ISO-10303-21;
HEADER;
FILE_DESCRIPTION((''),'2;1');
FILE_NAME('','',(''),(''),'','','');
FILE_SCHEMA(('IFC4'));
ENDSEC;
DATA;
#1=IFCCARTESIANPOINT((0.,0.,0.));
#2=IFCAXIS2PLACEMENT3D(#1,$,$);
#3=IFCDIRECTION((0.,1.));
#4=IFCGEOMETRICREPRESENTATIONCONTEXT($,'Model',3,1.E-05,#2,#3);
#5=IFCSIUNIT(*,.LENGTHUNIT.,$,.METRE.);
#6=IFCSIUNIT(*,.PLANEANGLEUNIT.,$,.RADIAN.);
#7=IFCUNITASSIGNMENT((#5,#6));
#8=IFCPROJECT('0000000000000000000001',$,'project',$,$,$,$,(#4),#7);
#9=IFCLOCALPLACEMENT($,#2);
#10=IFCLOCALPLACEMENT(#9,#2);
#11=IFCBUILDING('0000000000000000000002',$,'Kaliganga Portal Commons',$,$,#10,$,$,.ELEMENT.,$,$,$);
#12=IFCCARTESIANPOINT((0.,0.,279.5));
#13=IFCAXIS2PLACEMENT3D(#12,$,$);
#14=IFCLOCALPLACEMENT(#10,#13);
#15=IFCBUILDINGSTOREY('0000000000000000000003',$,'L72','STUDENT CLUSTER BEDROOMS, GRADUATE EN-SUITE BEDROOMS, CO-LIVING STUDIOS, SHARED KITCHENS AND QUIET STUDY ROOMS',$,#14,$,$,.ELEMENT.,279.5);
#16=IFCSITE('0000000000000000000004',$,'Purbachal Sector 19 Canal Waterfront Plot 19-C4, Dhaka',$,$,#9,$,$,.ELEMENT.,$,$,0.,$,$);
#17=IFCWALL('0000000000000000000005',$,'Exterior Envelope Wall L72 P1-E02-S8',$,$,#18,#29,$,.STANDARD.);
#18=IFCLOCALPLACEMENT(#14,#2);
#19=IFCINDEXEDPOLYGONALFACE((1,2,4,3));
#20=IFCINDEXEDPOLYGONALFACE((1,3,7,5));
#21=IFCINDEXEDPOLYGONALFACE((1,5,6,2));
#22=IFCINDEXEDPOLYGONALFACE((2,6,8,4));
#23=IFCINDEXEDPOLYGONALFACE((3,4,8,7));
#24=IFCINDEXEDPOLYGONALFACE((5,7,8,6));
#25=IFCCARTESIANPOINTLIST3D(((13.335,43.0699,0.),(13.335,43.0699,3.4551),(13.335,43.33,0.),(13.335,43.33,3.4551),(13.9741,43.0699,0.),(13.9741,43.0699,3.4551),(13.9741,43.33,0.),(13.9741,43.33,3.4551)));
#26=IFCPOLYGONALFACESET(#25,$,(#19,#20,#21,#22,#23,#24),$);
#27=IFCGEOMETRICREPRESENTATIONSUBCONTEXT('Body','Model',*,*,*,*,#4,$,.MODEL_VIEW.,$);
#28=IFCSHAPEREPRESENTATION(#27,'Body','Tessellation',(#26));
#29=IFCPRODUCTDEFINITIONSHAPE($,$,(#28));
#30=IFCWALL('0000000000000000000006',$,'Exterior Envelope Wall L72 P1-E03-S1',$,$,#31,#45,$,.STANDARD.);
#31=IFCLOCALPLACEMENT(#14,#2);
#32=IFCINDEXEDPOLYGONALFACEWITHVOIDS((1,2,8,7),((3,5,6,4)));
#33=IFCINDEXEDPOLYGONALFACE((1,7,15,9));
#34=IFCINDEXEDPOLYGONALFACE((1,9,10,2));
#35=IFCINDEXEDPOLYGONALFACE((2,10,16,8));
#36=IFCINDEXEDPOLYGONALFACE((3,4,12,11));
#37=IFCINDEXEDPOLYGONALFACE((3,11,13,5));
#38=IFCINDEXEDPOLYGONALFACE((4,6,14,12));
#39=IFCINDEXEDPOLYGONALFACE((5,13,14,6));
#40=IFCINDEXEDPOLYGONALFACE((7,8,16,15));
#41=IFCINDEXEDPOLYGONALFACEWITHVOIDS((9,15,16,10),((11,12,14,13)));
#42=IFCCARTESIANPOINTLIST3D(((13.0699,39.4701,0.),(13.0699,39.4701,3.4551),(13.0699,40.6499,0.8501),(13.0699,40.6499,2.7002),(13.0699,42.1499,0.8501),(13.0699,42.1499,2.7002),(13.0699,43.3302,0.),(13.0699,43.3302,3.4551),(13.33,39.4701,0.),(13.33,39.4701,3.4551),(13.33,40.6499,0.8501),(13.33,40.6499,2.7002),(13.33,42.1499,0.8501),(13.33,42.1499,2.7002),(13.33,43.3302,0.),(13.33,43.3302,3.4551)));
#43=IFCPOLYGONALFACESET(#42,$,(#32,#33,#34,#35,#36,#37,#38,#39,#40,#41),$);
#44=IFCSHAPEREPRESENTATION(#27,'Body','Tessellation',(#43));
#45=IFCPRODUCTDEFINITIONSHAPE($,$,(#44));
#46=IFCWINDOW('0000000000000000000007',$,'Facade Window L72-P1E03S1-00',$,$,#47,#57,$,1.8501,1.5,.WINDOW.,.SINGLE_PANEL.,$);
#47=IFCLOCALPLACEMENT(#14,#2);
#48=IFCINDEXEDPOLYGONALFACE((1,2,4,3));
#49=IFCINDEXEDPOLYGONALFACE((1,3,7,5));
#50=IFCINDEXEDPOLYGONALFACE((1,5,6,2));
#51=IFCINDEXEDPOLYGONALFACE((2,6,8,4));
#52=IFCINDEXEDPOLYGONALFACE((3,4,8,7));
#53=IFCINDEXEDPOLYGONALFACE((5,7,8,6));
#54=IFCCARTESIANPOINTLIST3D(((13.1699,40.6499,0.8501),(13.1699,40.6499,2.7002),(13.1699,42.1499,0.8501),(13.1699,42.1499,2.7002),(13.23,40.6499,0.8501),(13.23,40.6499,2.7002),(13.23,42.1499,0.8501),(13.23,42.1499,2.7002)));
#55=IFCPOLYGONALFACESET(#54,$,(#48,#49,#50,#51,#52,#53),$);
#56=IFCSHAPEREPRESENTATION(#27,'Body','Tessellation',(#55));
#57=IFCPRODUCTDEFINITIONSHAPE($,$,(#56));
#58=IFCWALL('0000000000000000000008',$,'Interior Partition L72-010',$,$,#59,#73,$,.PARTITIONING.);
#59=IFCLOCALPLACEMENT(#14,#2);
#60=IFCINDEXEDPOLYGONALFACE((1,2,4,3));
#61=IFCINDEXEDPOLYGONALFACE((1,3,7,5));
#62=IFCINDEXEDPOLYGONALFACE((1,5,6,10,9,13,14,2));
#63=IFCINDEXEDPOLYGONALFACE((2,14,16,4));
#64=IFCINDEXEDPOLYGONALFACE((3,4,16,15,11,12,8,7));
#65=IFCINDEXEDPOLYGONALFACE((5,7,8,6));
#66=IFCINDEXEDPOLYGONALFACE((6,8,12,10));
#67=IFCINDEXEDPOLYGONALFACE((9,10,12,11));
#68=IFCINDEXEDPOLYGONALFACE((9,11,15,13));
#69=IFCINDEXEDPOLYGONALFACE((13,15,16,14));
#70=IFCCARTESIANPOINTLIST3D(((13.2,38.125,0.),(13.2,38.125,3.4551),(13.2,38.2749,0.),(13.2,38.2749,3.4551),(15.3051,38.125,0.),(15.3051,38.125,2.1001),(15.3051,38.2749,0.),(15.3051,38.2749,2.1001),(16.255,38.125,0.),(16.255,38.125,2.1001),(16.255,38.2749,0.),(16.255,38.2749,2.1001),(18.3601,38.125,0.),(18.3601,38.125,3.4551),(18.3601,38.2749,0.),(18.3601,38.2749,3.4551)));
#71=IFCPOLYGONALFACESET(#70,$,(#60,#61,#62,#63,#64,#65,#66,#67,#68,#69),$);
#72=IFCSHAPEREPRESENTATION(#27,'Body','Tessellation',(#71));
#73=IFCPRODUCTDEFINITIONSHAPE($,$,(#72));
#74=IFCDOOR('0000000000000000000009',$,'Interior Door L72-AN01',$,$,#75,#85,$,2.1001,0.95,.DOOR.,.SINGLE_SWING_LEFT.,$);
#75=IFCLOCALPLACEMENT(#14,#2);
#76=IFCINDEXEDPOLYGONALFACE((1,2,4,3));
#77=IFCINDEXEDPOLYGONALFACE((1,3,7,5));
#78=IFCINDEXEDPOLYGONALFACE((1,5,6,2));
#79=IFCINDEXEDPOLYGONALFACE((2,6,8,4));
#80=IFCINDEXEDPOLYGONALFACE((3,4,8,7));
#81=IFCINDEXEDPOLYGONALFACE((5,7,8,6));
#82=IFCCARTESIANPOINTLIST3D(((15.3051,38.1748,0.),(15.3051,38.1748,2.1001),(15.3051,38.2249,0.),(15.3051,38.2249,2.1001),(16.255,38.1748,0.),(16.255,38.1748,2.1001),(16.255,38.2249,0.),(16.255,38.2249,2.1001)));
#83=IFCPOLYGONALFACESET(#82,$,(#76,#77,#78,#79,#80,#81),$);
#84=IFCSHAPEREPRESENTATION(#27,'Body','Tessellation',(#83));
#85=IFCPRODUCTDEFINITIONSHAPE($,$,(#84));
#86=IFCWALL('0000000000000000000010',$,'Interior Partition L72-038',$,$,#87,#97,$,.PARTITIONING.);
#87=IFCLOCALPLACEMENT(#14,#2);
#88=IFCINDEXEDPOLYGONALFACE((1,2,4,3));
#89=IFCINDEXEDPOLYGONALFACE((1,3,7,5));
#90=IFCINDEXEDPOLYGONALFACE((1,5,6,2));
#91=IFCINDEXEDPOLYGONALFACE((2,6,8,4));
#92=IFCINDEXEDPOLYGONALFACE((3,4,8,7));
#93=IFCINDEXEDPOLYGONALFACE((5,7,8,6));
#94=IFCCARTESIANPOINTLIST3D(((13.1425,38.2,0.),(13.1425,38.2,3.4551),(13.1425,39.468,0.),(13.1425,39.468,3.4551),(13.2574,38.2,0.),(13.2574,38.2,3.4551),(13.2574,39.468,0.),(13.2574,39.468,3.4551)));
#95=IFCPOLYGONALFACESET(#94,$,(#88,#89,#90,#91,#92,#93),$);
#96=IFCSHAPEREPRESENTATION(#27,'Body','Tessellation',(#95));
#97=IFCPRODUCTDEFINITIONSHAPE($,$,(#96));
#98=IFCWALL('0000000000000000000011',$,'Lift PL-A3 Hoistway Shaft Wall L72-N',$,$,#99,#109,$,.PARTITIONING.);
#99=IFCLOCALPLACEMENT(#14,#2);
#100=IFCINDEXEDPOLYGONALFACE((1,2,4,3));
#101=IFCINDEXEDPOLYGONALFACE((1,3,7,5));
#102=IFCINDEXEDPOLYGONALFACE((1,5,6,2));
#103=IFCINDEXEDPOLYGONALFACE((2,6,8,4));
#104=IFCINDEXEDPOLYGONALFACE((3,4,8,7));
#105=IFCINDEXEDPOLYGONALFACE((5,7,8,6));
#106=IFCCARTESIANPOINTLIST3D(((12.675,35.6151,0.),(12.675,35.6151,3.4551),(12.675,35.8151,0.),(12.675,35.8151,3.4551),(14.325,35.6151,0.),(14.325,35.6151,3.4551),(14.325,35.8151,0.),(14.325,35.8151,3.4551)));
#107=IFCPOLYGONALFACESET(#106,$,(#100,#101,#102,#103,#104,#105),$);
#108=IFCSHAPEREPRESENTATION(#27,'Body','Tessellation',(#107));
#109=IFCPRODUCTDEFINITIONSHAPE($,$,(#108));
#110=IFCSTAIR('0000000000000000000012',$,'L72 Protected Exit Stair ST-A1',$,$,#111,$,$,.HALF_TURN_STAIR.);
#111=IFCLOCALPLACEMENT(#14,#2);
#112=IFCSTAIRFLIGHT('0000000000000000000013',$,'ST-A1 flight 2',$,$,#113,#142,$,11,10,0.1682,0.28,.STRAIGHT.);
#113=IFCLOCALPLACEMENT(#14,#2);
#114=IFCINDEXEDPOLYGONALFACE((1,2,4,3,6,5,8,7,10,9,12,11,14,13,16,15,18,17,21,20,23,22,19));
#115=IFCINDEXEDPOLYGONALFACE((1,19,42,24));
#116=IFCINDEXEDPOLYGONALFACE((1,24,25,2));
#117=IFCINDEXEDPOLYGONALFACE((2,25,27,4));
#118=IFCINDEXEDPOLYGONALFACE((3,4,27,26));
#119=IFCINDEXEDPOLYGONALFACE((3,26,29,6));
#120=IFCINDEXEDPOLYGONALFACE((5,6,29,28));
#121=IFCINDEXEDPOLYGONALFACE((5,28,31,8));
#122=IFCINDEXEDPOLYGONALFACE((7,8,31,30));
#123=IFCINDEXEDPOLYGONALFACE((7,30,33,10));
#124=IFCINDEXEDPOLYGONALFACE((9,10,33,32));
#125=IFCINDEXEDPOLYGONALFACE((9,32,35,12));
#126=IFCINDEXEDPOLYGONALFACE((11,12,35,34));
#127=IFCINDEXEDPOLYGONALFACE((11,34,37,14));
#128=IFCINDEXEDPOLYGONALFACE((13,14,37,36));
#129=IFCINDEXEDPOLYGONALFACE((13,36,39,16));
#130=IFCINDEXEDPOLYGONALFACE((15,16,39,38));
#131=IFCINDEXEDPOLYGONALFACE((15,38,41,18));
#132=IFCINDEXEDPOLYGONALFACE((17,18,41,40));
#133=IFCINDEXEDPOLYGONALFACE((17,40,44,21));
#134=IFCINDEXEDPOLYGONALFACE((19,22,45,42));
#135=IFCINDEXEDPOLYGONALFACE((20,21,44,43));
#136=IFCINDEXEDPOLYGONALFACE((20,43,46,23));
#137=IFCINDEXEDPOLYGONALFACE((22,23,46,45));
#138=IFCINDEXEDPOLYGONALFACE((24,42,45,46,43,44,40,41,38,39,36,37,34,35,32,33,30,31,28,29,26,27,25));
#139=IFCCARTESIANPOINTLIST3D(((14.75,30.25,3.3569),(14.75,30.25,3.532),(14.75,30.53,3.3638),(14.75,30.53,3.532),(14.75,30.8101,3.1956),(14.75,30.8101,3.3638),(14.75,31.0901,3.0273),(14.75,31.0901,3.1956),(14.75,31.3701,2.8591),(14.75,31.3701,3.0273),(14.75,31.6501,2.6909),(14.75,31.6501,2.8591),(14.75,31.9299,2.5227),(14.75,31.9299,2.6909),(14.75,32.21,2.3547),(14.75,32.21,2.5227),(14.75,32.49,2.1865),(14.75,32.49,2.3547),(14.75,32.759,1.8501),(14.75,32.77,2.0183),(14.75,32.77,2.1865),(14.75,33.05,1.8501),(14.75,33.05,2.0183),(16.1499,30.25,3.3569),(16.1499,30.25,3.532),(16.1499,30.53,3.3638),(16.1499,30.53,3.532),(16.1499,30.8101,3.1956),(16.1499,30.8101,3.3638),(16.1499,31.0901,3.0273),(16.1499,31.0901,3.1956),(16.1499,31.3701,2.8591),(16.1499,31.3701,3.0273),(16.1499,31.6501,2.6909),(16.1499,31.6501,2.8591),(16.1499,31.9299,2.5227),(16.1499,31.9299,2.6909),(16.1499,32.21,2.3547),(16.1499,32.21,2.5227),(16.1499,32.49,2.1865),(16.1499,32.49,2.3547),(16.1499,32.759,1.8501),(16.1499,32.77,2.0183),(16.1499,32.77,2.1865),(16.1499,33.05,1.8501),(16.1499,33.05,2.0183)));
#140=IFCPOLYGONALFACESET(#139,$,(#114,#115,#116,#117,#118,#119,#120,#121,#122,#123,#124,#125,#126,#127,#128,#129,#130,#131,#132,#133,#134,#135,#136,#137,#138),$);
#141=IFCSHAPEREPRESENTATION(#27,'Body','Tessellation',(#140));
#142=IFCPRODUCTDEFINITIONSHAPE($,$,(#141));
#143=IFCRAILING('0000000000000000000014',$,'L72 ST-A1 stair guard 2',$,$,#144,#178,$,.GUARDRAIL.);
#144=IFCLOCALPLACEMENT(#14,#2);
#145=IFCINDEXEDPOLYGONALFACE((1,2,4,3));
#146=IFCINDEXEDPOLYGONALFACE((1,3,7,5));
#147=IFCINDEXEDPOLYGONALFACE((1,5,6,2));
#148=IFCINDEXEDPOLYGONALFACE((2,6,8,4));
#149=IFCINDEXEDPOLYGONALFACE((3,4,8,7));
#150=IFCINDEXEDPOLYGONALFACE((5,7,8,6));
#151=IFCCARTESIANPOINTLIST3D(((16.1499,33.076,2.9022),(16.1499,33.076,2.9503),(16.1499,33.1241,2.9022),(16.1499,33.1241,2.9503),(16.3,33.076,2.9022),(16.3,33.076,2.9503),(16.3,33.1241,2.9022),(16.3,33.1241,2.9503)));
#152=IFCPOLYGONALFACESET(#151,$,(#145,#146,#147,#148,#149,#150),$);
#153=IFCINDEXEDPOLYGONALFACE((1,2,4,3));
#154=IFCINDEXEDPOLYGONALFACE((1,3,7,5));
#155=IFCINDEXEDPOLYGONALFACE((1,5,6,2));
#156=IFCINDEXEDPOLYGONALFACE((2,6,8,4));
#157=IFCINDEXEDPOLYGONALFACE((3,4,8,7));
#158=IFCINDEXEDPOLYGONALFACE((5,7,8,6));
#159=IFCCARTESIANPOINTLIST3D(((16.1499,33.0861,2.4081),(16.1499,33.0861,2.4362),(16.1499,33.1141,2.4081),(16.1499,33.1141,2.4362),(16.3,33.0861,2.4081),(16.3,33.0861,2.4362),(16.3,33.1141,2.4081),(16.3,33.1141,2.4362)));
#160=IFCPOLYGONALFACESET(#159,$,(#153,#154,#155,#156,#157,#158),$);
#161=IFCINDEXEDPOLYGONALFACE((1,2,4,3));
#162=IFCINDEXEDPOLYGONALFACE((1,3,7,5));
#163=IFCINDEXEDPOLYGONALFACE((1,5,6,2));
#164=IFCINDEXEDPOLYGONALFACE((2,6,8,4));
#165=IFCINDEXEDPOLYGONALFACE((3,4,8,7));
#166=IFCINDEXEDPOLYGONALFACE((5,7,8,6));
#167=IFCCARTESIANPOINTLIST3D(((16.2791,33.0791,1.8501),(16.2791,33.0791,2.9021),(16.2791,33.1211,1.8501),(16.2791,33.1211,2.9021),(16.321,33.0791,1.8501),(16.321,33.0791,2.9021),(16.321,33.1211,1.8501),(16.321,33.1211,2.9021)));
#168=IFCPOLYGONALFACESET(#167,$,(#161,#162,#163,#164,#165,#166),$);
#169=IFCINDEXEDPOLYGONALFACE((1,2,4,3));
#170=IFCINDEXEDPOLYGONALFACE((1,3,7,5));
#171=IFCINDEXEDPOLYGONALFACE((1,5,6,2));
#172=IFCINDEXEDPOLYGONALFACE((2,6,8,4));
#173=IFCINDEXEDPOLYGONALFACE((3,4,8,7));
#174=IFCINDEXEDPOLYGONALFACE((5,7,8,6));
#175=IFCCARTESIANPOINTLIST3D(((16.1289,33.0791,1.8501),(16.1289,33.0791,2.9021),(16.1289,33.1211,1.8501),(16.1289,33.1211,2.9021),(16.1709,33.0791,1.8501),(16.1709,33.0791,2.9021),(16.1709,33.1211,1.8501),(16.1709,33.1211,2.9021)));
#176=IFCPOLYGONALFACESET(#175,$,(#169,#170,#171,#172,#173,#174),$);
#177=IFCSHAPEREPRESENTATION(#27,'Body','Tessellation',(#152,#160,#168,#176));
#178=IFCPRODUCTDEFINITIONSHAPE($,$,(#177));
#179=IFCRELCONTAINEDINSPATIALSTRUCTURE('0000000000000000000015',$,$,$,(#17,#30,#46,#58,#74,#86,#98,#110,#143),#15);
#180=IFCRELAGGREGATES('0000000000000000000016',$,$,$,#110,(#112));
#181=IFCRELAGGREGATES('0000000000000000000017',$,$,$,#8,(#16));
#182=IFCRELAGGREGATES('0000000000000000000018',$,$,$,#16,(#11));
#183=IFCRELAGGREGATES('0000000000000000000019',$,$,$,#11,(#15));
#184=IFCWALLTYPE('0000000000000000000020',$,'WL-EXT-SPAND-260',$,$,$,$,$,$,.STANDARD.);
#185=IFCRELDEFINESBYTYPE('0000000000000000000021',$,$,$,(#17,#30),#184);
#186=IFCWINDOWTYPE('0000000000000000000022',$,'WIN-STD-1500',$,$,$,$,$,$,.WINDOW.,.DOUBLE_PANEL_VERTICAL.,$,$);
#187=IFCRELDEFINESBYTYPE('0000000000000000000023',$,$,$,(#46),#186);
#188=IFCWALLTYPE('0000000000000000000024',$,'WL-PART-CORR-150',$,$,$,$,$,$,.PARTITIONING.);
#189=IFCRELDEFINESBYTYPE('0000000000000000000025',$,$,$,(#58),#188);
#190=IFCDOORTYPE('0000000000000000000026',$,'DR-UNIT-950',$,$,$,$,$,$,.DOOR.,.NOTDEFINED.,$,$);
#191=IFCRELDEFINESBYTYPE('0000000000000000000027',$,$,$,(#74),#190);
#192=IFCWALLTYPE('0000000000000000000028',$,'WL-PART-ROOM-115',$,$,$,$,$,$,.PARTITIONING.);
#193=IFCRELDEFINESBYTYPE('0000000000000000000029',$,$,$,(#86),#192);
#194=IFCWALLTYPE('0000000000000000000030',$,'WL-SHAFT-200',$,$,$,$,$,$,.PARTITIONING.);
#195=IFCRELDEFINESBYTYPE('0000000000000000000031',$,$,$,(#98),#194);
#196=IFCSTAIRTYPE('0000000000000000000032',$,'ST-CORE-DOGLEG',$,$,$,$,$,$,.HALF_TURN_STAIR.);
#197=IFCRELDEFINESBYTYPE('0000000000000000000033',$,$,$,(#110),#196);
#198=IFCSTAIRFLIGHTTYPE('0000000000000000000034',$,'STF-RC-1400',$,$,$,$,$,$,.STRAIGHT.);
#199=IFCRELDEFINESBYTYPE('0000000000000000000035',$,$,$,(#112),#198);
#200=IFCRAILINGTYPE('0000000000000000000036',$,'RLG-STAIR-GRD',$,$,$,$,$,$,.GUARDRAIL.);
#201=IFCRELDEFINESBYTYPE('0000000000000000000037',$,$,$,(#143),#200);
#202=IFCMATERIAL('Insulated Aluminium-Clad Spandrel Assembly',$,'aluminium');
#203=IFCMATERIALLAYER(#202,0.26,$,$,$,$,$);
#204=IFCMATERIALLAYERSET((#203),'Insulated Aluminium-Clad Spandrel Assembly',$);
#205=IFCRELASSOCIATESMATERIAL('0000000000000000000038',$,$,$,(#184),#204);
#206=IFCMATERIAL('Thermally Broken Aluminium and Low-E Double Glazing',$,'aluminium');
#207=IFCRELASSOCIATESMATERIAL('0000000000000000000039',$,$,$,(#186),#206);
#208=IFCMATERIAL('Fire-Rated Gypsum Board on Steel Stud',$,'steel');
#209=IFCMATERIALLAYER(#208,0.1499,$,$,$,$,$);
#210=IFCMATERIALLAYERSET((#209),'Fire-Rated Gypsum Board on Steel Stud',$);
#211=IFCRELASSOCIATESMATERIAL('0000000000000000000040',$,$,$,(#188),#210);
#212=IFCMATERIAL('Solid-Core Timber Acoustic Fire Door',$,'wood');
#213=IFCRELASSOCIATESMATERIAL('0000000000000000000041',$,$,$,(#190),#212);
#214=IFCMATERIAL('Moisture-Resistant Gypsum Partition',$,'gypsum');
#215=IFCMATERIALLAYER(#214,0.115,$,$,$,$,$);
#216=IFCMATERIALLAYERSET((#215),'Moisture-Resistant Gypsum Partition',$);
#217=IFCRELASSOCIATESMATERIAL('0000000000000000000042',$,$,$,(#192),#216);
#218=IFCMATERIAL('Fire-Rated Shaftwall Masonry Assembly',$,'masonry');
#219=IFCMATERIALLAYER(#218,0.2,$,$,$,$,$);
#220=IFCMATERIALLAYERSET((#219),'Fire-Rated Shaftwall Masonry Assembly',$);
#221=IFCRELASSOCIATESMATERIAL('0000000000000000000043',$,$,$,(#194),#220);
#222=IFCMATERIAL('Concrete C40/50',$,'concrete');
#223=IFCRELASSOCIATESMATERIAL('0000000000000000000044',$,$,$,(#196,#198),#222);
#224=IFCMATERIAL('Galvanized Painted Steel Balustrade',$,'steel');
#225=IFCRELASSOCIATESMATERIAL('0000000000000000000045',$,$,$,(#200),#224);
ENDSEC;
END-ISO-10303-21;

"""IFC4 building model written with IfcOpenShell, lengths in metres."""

from ifc_helpers import new_model, si_unit, direction, frame, frame_2d, origin, origin_2d, place, context, subcontext, project, spatial, polyline, rectangle, outline, extrude, material, layer, layer_set, type_object, element, fill, aggregate, save


model = new_model("IFC4")

# Units and contexts
model_context = context("Model", 3, precision=1e-05, world=origin(), true_north=direction((0.0, 1.0)))
body_context = subcontext(model_context, "Body", "Model", "MODEL_VIEW")
ifc_project = project(units=[si_unit("LENGTHUNIT", "METRE"), si_unit("PLANEANGLEUNIT", "RADIAN")], contexts=[model_context])

# Site, building, storey
site_placement = place(None, origin())
site = spatial("IfcSite", under=ifc_project, at=site_placement, Name="Purbachal Sector 19 Canal Waterfront Plot 19-C4, Dhaka", CompositionType="ELEMENT", RefElevation=0.0)
building_placement = place(site_placement, origin())
building = spatial("IfcBuilding", under=site, at=building_placement, Name="Kaliganga Portal Commons", CompositionType="ELEMENT")
storey_placement = place(building_placement, frame((0.0, 0.0, 279.5)))
storey = spatial("IfcBuildingStorey", under=building, at=storey_placement, Name="L72", Description="STUDENT CLUSTER BEDROOMS, GRADUATE EN-SUITE BEDROOMS, CO-LIVING STUDIOS, SHARED KITCHENS AND QUIET STUDY ROOMS", CompositionType="ELEMENT", Elevation=279.5)

# Shared definitions
ifc_material_1 = material(Name="Insulated Aluminium-Clad Spandrel Assembly", Category="aluminium")
ifc_layer_1 = layer(ifc_material_1, 0.26)
ifc_layer_set_1 = layer_set([ifc_layer_1], Name="Insulated Aluminium-Clad Spandrel Assembly")
wall_type_1 = type_object("IfcWallType", Name="WL-EXT-SPAND-260", PredefinedType="STANDARD", material=ifc_layer_set_1)
ifc_material_2 = material(Name="Thermally Broken Aluminium and Low-E Double Glazing", Category="aluminium")

# Wall
wall_1_placement = place(storey_placement, frame((13.335, 43.2, 0.0), z_axis=(0.0, 0.0, 1.0), x_axis=(1.0, 0.0, 0.0)))
element("IfcWall", 1, at=wall_1_placement, inside=storey, type_object=wall_type_1, Name="Exterior Envelope Wall L72 P1-E02-S8", PredefinedType="STANDARD", context=body_context, shape_type="SweptSolid", body=[
    extrude(rectangle(XDim=0.6392, YDim=0.26, at=frame_2d((0.3196, 0.0))), origin(), (0.0, 0.0, 1.0), 3.4551),
])

# Wall, opening, window
wall_2_placement = place(storey_placement, frame((13.2, 39.47, 0.0), z_axis=(0.0, 0.0, 1.0), x_axis=(0.0, 1.0, 0.0)))
wall_2 = element("IfcWall", 2, at=wall_2_placement, inside=storey, type_object=wall_type_1, Name="Exterior Envelope Wall L72 P1-E03-S1", PredefinedType="STANDARD", context=body_context, shape_type="SweptSolid", body=[
    extrude(rectangle(XDim=3.8601, YDim=0.26, at=frame_2d((1.9302, 0.0))), origin(), (0.0, 0.0, 1.0), 3.4551),
])
opening_1_placement = place(wall_2_placement, frame((1.1799, 0.0, 0.8501)))
opening_1 = element("IfcOpeningElement", 3, at=opening_1_placement, cuts=wall_2, PredefinedType="OPENING", context=body_context, shape_type="SweptSolid", body=[
    extrude(rectangle(XDim=1.5, YDim=1.8501, at=frame_2d((0.75, 0.925))), frame((0.0, 0.1401, 0.0), z_axis=(0.0, -1.0, 0.0), x_axis=(1.0, 0.0, 0.0)), (0.0, 0.0, 1.0), 0.28),
])
window_type_1 = type_object("IfcWindowType", Name="WIN-STD-1500", PartitioningType="DOUBLE_PANEL_VERTICAL", PredefinedType="WINDOW", material=ifc_material_2)
window_1_placement = place(opening_1_placement, origin())
window_1 = element("IfcWindow", 4, at=window_1_placement, inside=storey, type_object=window_type_1, Name="Facade Window L72-P1E03S1-00", OverallHeight=1.8501, OverallWidth=1.5, PartitioningType="SINGLE_PANEL", PredefinedType="WINDOW", context=body_context, shape_type="SweptSolid", body=[
    extrude(rectangle(XDim=1.5, YDim=1.8501, at=frame_2d((0.75, 0.925))), frame((0.0, 0.03, 0.0), z_axis=(0.0, -1.0, 0.0), x_axis=(1.0, 0.0, 0.0)), (0.0, 0.0, 1.0), 0.0601),
])
fill(opening_1, window_1)

# Wall, opening, door
ifc_material_3 = material(Name="Fire-Rated Gypsum Board on Steel Stud", Category="steel")
ifc_layer_2 = layer(ifc_material_3, 0.1499)
ifc_layer_set_2 = layer_set([ifc_layer_2], Name="Fire-Rated Gypsum Board on Steel Stud")
wall_type_2 = type_object("IfcWallType", Name="WL-PART-CORR-150", PredefinedType="PARTITIONING", material=ifc_layer_set_2)
wall_3_placement = place(storey_placement, frame((13.2, 38.2, 0.0), z_axis=(0.0, 0.0, 1.0), x_axis=(1.0, 0.0, 0.0)))
wall_3 = element("IfcWall", 5, at=wall_3_placement, inside=storey, type_object=wall_type_2, Name="Interior Partition L72-010", PredefinedType="PARTITIONING", context=body_context, shape_type="SweptSolid", body=[
    extrude(rectangle(XDim=5.1602, YDim=0.1499, at=frame_2d((2.5801, 0.0))), origin(), (0.0, 0.0, 1.0), 3.4551),
])
opening_2_placement = place(wall_3_placement, frame((2.105, 0.0, 0.0)))
opening_2 = element("IfcOpeningElement", 6, at=opening_2_placement, cuts=wall_3, PredefinedType="OPENING", context=body_context, shape_type="SweptSolid", body=[
    extrude(rectangle(XDim=0.95, YDim=2.1001, at=frame_2d((0.4751, 1.05))), frame((0.0, 0.085, 0.0), z_axis=(0.0, -1.0, 0.0), x_axis=(1.0, 0.0, 0.0)), (0.0, 0.0, 1.0), 0.1699),
])
ifc_material_4 = material(Name="Solid-Core Timber Acoustic Fire Door", Category="wood")
door_type_1 = type_object("IfcDoorType", Name="DR-UNIT-950", OperationType="NOTDEFINED", PredefinedType="DOOR", material=ifc_material_4)
door_1_placement = place(opening_2_placement, origin())
door_1 = element("IfcDoor", 7, at=door_1_placement, inside=storey, type_object=door_type_1, Name="Interior Door L72-AN01", OperationType="SINGLE_SWING_LEFT", OverallHeight=2.1001, OverallWidth=0.95, PredefinedType="DOOR", context=body_context, shape_type="SweptSolid", body=[
    extrude(rectangle(XDim=0.95, YDim=2.1001, at=frame_2d((0.4751, 1.05))), frame((0.0, 0.0249, 0.0), z_axis=(0.0, -1.0, 0.0), x_axis=(1.0, 0.0, 0.0)), (0.0, 0.0, 1.0), 0.05),
])
fill(opening_2, door_1)

# Wall
ifc_material_5 = material(Name="Moisture-Resistant Gypsum Partition", Category="gypsum")
ifc_layer_3 = layer(ifc_material_5, 0.115)
ifc_layer_set_3 = layer_set([ifc_layer_3], Name="Moisture-Resistant Gypsum Partition")
wall_type_3 = type_object("IfcWallType", Name="WL-PART-ROOM-115", PredefinedType="PARTITIONING", material=ifc_layer_set_3)
wall_4_placement = place(storey_placement, frame((13.2, 38.2, 0.0), z_axis=(0.0, 0.0, 1.0), x_axis=(0.0, 1.0, 0.0)))
element("IfcWall", 8, at=wall_4_placement, inside=storey, type_object=wall_type_3, Name="Interior Partition L72-038", PredefinedType="PARTITIONING", context=body_context, shape_type="SweptSolid", body=[
    extrude(rectangle(XDim=1.2681, YDim=0.115, at=frame_2d((0.634, 0.0))), origin(), (0.0, 0.0, 1.0), 3.4551),
])

# Shared definitions
ifc_material_6 = material(Name="Fire-Rated Shaftwall Masonry Assembly", Category="masonry")
ifc_layer_4 = layer(ifc_material_6, 0.2)
ifc_layer_set_4 = layer_set([ifc_layer_4], Name="Fire-Rated Shaftwall Masonry Assembly")
wall_type_4 = type_object("IfcWallType", Name="WL-SHAFT-200", PredefinedType="PARTITIONING", material=ifc_layer_set_4)

# Wall
wall_5_placement = place(storey_placement, frame((12.675, 35.7151, 0.0), z_axis=(0.0, 0.0, 1.0), x_axis=(1.0, 0.0, 0.0)))
element("IfcWall", 9, at=wall_5_placement, inside=storey, type_object=wall_type_4, Name="Lift PL-A3 Hoistway Shaft Wall L72-N", PredefinedType="PARTITIONING", context=body_context, shape_type="SweptSolid", body=[
    extrude(rectangle(XDim=1.6499, YDim=0.2, at=frame_2d((0.825, 0.0))), origin(), (0.0, 0.0, 1.0), 3.4551),
])

# Stair, stair flight
ifc_material_7 = material(Name="Concrete C40/50", Category="concrete")
stair_type = type_object("IfcStairType", Name="ST-CORE-DOGLEG", PredefinedType="HALF_TURN_STAIR", material=ifc_material_7)
stair_placement = place(storey_placement, origin())
stair = element("IfcStair", 10, at=stair_placement, inside=storey, type_object=stair_type, Name="L72 Protected Exit Stair ST-A1", PredefinedType="HALF_TURN_STAIR")
stair_flight_type = type_object("IfcStairFlightType", Name="STF-RC-1400", PredefinedType="STRAIGHT", material=ifc_material_7)
stair_flight_placement = place(storey_placement, frame((15.45, 33.05, 1.8501), z_axis=(0.0, 0.0, 1.0), x_axis=(0.0, -1.0, 0.0)))
stair_flight = element("IfcStairFlight", 11, at=stair_flight_placement, type_object=stair_flight_type, Name="ST-A1 flight 2", NumberOfRisers=11, NumberOfTreads=10, PredefinedType="STRAIGHT", RiserHeight=0.1682, TreadLength=0.28, context=body_context, shape_type="SweptSolid", body=[
    extrude(outline(polyline([(0.0, 0.0), (0.0, 0.1682), (0.28, 0.1682), (0.28, 0.3364), (0.5601, 0.3364), (0.5601, 0.5046), (0.8401, 0.5046), (0.8401, 0.6726), (1.1201, 0.6726), (1.1201, 0.8408), (1.3999, 0.8408), (1.3999, 1.009), (1.6799, 1.009), (1.6799, 1.1772), (1.96, 1.1772), (1.96, 1.3455), (2.24, 1.3455), (2.24, 1.5137), (2.52, 1.5137), (2.52, 1.6819), (2.8, 1.6819), (2.8, 1.8501), (2.8, 1.5068), (0.291, 0.0), (0.0, 0.0)])), frame((0.0, 0.7, 0.0), z_axis=(0.0, -1.0, 0.0), x_axis=(1.0, 0.0, 0.0)), (0.0, 0.0, 1.0), 1.3999),
])
aggregate(stair, [stair_flight])

# Railing
ifc_material_8 = material(Name="Galvanized Painted Steel Balustrade", Category="steel")
railing_type_1 = type_object("IfcRailingType", Name="RLG-STAIR-GRD", PredefinedType="GUARDRAIL", material=ifc_material_8)
railing_1_placement = place(storey_placement, frame((16.3, 33.1001, 1.8501)))
element("IfcRailing", 12, at=railing_1_placement, inside=storey, type_object=railing_type_1, Name="L72 ST-A1 stair guard 2", PredefinedType="GUARDRAIL", context=body_context, shape_type="SweptSolid", body=[
    extrude(rectangle(XDim=0.0481, YDim=0.0481, at=origin_2d()), frame((0.0, 0.0, 1.0762), z_axis=(-1.0, 0.0, 0.0), x_axis=(0.0, -1.0, 0.0)), (0.0, 0.0, 1.0), 0.1501),
    extrude(rectangle(XDim=0.0281, YDim=0.0281, at=origin_2d()), frame((0.0, 0.0, 0.572), z_axis=(-1.0, 0.0, 0.0), x_axis=(0.0, -1.0, 0.0)), (0.0, 0.0, 1.0), 0.1501),
    extrude(rectangle(XDim=0.042, YDim=0.042, at=origin_2d()), origin(), (0.0, 0.0, 1.0), 1.052),
    extrude(rectangle(XDim=0.042, YDim=0.042, at=origin_2d()), frame((-0.1501, 0.0, 0.0)), (0.0, 0.0, 1.0), 1.052),
])

save(model, "model.ifc")
